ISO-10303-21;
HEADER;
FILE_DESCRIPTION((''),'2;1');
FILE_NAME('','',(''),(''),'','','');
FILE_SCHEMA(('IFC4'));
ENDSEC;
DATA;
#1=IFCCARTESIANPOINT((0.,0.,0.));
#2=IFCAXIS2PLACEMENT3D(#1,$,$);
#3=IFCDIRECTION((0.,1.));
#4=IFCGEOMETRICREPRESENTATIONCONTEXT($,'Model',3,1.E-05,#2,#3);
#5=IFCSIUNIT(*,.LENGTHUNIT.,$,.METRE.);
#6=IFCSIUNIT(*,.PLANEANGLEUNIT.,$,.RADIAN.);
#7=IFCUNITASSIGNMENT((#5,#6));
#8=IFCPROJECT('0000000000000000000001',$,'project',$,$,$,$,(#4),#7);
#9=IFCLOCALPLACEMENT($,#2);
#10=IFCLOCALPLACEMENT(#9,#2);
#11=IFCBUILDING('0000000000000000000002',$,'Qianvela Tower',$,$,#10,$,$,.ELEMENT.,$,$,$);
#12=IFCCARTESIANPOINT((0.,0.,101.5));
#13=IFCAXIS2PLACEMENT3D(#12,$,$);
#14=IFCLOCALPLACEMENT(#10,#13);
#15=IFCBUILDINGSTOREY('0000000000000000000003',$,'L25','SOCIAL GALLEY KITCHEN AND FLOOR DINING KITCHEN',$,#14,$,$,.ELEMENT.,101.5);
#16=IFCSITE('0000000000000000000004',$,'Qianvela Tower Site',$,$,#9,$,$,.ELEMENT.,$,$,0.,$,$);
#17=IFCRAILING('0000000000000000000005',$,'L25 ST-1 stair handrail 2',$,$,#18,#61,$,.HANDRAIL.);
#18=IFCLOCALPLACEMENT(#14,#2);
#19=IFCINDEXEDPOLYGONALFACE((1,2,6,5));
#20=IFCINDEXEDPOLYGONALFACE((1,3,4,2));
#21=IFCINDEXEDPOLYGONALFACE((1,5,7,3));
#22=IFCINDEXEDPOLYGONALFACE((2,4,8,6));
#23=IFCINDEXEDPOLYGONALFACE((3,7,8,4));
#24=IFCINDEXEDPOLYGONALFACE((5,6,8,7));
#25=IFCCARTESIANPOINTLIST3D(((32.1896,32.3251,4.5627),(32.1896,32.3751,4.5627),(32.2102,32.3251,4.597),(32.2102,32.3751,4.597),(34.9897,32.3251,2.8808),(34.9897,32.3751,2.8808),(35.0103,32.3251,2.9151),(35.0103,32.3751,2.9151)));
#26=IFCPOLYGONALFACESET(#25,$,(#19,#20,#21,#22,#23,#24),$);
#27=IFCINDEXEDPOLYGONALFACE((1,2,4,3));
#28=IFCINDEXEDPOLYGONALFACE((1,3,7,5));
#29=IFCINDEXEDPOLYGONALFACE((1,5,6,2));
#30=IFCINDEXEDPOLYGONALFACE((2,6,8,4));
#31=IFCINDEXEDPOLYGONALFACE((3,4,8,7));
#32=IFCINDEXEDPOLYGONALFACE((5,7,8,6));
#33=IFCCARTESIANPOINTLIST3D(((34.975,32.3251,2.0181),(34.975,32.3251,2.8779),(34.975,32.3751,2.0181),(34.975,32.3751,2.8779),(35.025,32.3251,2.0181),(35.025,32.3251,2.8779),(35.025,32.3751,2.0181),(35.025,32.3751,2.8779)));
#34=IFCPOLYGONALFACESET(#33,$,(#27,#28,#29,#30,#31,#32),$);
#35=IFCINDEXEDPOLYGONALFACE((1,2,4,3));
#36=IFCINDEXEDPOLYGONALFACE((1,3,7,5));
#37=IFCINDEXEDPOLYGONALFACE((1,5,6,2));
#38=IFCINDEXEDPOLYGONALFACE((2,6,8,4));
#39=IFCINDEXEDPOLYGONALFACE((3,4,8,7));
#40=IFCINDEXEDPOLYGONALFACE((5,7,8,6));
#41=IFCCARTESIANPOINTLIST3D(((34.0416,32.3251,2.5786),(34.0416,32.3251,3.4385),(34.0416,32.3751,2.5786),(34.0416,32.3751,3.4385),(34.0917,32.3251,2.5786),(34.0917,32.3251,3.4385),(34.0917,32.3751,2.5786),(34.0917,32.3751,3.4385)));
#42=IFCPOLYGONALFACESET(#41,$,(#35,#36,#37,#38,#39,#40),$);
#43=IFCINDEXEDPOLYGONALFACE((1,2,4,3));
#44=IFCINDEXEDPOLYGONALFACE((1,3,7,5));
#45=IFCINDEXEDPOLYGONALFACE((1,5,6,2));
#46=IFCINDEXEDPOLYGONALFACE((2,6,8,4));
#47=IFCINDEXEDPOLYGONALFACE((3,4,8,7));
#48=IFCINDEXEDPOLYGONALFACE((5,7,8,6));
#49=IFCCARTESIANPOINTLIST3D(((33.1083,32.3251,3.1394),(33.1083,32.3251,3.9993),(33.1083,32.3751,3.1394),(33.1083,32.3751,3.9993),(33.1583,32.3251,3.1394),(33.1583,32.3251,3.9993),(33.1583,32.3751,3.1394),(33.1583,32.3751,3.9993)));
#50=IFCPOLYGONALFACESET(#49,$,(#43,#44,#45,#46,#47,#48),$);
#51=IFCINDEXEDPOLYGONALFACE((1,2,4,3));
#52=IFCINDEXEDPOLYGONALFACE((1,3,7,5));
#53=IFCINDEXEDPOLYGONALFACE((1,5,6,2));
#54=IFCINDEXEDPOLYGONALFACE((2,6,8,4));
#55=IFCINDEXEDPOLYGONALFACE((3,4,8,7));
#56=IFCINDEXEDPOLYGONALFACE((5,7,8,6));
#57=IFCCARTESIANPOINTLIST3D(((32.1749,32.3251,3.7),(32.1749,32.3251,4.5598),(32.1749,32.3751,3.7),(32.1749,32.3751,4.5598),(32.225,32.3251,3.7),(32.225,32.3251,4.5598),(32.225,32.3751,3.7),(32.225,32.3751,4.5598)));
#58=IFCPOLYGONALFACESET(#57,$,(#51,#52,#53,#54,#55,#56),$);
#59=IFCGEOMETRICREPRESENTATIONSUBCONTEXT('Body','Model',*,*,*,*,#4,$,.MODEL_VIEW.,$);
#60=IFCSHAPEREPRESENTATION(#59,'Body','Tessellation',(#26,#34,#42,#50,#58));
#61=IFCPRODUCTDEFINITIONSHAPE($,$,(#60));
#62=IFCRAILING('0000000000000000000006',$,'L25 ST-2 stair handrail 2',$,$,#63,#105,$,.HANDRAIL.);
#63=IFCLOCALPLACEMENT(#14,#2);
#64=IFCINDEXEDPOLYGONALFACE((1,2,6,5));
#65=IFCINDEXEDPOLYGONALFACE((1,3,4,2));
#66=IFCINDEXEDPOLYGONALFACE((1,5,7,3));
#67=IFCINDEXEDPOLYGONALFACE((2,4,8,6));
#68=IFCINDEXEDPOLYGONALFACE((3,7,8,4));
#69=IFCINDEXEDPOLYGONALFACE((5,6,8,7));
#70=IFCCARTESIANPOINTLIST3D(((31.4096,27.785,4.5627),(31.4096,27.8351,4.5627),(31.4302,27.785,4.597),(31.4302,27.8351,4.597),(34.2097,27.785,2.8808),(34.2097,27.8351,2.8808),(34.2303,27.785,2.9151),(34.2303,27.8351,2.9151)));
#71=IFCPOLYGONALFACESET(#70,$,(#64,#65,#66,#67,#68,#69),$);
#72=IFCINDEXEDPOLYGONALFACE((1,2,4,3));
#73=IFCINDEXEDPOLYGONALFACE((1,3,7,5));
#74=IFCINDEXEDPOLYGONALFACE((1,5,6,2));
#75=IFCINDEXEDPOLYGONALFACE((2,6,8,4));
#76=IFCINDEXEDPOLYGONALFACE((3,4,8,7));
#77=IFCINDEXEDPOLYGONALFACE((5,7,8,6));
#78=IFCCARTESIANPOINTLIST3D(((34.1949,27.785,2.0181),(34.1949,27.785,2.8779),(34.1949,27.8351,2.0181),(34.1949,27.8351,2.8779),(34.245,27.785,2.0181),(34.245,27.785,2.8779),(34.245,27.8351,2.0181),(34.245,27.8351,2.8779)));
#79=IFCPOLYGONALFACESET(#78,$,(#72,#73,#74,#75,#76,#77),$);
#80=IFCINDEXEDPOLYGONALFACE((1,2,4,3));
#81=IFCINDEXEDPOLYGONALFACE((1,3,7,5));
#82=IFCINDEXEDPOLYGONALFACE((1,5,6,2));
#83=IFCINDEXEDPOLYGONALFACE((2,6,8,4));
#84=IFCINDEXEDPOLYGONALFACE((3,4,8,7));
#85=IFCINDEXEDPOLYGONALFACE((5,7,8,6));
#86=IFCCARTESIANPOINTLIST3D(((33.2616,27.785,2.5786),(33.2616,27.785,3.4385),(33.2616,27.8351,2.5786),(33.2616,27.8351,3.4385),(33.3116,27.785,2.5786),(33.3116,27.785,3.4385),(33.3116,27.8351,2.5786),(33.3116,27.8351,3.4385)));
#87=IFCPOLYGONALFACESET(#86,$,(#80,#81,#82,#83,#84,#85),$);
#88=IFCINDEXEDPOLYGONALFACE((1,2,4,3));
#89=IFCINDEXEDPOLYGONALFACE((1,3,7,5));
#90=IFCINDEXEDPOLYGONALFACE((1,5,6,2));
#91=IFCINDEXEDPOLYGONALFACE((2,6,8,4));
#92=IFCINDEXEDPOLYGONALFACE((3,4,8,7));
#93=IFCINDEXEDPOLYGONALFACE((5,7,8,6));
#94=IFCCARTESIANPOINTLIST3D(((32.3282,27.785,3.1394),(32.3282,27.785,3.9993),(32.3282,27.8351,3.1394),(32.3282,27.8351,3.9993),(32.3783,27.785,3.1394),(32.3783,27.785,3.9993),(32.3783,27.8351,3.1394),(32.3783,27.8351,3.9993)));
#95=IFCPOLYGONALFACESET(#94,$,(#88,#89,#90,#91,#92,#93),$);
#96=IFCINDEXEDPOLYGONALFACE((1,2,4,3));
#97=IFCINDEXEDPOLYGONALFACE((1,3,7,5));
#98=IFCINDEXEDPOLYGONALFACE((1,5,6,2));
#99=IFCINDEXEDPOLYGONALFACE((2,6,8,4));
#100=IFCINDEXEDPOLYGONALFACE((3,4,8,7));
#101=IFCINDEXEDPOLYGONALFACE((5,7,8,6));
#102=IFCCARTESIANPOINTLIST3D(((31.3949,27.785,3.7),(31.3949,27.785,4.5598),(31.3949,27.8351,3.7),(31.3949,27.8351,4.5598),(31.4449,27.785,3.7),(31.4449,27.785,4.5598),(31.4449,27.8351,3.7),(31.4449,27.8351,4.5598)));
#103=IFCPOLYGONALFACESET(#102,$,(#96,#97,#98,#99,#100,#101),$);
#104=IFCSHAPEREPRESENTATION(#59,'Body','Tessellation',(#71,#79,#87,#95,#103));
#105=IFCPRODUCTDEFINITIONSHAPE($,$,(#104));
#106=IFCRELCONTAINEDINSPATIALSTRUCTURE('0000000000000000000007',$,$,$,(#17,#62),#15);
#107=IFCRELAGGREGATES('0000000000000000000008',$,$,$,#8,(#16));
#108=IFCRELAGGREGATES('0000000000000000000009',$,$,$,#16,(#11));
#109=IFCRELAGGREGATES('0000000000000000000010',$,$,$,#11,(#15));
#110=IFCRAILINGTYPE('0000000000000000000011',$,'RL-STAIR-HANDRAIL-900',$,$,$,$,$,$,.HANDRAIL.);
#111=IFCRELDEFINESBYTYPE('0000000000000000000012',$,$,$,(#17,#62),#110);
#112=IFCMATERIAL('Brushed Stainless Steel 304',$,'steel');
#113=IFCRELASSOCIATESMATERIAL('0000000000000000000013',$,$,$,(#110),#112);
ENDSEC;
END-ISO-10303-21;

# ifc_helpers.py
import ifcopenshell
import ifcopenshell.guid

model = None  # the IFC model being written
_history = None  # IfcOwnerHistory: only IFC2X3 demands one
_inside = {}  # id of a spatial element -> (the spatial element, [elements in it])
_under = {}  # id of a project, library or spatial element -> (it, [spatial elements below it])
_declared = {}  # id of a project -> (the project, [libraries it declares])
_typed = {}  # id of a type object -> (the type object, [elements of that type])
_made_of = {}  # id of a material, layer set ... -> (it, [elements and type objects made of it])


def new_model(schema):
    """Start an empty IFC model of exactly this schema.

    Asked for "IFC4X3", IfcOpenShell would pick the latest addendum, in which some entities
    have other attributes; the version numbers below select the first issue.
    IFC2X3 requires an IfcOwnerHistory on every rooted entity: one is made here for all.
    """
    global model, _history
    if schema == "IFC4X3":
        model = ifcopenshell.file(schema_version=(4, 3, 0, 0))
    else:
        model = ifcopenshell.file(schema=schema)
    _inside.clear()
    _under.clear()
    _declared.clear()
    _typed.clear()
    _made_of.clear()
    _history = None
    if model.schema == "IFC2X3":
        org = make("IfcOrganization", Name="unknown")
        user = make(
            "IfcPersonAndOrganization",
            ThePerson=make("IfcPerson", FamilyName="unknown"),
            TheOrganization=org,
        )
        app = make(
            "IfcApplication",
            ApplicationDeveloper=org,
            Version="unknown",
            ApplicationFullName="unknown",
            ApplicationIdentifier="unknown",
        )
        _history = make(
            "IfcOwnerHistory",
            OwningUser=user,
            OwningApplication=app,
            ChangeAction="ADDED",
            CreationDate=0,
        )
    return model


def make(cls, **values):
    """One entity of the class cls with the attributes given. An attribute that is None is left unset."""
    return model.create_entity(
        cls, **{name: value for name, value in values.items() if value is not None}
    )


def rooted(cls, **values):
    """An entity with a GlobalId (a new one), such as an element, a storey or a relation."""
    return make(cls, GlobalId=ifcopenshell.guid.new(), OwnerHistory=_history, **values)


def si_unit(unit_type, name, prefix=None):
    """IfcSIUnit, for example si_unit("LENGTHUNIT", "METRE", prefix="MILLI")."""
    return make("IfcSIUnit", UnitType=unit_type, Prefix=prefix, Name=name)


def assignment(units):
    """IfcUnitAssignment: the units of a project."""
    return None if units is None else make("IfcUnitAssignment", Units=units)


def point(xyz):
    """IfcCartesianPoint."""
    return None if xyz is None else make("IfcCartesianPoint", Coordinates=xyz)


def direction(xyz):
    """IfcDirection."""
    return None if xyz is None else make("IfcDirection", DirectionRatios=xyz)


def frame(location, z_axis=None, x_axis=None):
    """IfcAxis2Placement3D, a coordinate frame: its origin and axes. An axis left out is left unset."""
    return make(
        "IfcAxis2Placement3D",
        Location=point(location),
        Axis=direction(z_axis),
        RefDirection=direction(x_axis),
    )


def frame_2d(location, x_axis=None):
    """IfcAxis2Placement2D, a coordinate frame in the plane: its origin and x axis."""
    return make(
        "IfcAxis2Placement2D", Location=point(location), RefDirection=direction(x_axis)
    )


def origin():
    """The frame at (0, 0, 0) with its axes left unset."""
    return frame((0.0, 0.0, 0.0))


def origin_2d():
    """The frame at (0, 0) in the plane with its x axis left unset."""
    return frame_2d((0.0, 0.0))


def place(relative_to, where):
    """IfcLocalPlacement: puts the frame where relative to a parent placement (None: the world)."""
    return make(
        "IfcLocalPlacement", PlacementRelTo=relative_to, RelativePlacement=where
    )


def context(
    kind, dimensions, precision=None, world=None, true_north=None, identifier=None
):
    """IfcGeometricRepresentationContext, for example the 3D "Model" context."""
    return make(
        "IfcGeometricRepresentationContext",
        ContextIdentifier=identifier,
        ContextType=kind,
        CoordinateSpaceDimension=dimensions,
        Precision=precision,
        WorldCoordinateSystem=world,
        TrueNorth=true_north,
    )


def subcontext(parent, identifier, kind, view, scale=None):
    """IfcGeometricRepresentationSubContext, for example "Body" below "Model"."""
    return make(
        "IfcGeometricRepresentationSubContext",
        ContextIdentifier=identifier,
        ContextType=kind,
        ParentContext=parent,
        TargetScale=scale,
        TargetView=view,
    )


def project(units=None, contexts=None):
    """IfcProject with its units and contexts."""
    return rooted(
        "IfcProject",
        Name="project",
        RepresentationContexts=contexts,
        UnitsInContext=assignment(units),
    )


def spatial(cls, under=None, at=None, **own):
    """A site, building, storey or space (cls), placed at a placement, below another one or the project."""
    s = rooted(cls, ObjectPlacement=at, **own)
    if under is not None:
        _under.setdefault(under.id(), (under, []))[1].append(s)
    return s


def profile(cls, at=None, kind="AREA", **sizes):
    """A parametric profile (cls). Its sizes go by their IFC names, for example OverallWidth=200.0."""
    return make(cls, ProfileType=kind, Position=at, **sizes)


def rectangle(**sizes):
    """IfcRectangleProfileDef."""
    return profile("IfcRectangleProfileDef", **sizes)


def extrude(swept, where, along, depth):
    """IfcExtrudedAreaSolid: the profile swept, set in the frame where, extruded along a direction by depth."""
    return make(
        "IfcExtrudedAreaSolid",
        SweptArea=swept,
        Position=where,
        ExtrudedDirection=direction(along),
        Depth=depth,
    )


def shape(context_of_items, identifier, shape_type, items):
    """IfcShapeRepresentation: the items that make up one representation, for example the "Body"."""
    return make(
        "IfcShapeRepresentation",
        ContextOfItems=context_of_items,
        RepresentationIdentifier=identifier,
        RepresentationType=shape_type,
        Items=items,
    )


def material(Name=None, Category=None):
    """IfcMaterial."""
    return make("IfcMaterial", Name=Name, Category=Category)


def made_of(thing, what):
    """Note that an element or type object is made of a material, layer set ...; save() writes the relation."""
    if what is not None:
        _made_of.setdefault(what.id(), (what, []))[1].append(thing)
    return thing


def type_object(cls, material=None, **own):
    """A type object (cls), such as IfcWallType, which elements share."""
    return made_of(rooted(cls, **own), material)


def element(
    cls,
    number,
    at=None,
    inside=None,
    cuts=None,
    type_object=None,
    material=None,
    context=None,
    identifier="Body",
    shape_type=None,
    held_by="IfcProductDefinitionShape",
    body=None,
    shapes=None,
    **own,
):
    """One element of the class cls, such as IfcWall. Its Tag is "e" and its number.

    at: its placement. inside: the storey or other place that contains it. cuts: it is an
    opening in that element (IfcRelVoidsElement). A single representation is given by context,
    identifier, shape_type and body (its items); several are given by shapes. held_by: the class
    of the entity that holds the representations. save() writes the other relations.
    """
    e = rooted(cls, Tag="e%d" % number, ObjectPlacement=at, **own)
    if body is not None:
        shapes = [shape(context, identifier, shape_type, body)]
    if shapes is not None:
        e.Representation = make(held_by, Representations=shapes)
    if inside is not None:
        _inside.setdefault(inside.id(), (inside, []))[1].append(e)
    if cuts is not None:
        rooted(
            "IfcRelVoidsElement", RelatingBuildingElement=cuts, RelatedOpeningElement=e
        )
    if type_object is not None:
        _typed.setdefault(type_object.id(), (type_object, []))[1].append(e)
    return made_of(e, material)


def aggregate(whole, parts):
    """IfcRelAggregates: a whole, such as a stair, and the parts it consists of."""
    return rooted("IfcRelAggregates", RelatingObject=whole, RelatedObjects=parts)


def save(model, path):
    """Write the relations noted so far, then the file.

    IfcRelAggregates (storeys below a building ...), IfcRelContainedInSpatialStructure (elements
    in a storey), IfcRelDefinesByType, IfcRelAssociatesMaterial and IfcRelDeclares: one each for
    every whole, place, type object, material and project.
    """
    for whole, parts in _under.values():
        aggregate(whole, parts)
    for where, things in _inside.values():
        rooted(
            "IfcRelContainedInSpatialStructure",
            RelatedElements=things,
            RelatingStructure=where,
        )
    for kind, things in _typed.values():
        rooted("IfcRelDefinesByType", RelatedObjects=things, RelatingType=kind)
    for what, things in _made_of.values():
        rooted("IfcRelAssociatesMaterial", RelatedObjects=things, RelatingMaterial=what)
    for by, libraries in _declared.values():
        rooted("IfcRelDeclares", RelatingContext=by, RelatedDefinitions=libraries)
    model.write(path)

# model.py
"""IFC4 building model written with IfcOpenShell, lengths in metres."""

from ifc_helpers import new_model, si_unit, direction, frame, origin, origin_2d, place, context, subcontext, project, spatial, rectangle, extrude, material, type_object, element, save


model = new_model("IFC4")

# Units and contexts
model_context = context("Model", 3, precision=1e-05, world=origin(), true_north=direction((0.0, 1.0)))
body_context = subcontext(model_context, "Body", "Model", "MODEL_VIEW")
ifc_project = project(units=[si_unit("LENGTHUNIT", "METRE"), si_unit("PLANEANGLEUNIT", "RADIAN")], contexts=[model_context])

# Site, building, storey
site_placement = place(None, origin())
site = spatial("IfcSite", under=ifc_project, at=site_placement, Name="Qianvela Tower Site", CompositionType="ELEMENT", RefElevation=0.0)
building_placement = place(site_placement, origin())
building = spatial("IfcBuilding", under=site, at=building_placement, Name="Qianvela Tower", CompositionType="ELEMENT")
storey_placement = place(building_placement, frame((0.0, 0.0, 101.5)))
storey = spatial("IfcBuildingStorey", under=building, at=storey_placement, Name="L25", Description="SOCIAL GALLEY KITCHEN AND FLOOR DINING KITCHEN", CompositionType="ELEMENT", Elevation=101.5)

# Railings
ifc_material_1 = material(Name="Brushed Stainless Steel 304", Category="steel")
railing_type_1 = type_object("IfcRailingType", Name="RL-STAIR-HANDRAIL-900", PredefinedType="HANDRAIL", material=ifc_material_1)
for number, where, name in (
    (1, (35.0, 32.3501, 2.0181), "L25 ST-1 stair handrail 2"),
    (2, (34.22, 27.8101, 2.0181), "L25 ST-2 stair handrail 2"),
):
    element("IfcRailing", number, at=place(storey_placement, frame(where)), inside=storey, type_object=railing_type_1, Name=name, PredefinedType="HANDRAIL", context=body_context, shape_type="SweptSolid", body=[
        extrude(rectangle(XDim=0.05, YDim=0.04, at=origin_2d()), frame((0.0, 0.0, 0.8799), z_axis=(-0.857242, 0.0, 0.514913), x_axis=(0.0, -1.0, 0.0)), (0.0, 0.0, 1.0), 3.2664),
        extrude(rectangle(XDim=0.05, YDim=0.05, at=origin_2d()), origin(), (0.0, 0.0, 1.0), 0.8599),
        extrude(rectangle(XDim=0.05, YDim=0.05, at=origin_2d()), frame((-0.9333, 0.0, 0.5605)), (0.0, 0.0, 1.0), 0.8599),
        extrude(rectangle(XDim=0.05, YDim=0.05, at=origin_2d()), frame((-1.8667, 0.0, 1.1213)), (0.0, 0.0, 1.0), 0.8599),
        extrude(rectangle(XDim=0.05, YDim=0.05, at=origin_2d()), frame((-2.8, 0.0, 1.6819)), (0.0, 0.0, 1.0), 0.8599),
    ])

save(model, "model.ifc")
